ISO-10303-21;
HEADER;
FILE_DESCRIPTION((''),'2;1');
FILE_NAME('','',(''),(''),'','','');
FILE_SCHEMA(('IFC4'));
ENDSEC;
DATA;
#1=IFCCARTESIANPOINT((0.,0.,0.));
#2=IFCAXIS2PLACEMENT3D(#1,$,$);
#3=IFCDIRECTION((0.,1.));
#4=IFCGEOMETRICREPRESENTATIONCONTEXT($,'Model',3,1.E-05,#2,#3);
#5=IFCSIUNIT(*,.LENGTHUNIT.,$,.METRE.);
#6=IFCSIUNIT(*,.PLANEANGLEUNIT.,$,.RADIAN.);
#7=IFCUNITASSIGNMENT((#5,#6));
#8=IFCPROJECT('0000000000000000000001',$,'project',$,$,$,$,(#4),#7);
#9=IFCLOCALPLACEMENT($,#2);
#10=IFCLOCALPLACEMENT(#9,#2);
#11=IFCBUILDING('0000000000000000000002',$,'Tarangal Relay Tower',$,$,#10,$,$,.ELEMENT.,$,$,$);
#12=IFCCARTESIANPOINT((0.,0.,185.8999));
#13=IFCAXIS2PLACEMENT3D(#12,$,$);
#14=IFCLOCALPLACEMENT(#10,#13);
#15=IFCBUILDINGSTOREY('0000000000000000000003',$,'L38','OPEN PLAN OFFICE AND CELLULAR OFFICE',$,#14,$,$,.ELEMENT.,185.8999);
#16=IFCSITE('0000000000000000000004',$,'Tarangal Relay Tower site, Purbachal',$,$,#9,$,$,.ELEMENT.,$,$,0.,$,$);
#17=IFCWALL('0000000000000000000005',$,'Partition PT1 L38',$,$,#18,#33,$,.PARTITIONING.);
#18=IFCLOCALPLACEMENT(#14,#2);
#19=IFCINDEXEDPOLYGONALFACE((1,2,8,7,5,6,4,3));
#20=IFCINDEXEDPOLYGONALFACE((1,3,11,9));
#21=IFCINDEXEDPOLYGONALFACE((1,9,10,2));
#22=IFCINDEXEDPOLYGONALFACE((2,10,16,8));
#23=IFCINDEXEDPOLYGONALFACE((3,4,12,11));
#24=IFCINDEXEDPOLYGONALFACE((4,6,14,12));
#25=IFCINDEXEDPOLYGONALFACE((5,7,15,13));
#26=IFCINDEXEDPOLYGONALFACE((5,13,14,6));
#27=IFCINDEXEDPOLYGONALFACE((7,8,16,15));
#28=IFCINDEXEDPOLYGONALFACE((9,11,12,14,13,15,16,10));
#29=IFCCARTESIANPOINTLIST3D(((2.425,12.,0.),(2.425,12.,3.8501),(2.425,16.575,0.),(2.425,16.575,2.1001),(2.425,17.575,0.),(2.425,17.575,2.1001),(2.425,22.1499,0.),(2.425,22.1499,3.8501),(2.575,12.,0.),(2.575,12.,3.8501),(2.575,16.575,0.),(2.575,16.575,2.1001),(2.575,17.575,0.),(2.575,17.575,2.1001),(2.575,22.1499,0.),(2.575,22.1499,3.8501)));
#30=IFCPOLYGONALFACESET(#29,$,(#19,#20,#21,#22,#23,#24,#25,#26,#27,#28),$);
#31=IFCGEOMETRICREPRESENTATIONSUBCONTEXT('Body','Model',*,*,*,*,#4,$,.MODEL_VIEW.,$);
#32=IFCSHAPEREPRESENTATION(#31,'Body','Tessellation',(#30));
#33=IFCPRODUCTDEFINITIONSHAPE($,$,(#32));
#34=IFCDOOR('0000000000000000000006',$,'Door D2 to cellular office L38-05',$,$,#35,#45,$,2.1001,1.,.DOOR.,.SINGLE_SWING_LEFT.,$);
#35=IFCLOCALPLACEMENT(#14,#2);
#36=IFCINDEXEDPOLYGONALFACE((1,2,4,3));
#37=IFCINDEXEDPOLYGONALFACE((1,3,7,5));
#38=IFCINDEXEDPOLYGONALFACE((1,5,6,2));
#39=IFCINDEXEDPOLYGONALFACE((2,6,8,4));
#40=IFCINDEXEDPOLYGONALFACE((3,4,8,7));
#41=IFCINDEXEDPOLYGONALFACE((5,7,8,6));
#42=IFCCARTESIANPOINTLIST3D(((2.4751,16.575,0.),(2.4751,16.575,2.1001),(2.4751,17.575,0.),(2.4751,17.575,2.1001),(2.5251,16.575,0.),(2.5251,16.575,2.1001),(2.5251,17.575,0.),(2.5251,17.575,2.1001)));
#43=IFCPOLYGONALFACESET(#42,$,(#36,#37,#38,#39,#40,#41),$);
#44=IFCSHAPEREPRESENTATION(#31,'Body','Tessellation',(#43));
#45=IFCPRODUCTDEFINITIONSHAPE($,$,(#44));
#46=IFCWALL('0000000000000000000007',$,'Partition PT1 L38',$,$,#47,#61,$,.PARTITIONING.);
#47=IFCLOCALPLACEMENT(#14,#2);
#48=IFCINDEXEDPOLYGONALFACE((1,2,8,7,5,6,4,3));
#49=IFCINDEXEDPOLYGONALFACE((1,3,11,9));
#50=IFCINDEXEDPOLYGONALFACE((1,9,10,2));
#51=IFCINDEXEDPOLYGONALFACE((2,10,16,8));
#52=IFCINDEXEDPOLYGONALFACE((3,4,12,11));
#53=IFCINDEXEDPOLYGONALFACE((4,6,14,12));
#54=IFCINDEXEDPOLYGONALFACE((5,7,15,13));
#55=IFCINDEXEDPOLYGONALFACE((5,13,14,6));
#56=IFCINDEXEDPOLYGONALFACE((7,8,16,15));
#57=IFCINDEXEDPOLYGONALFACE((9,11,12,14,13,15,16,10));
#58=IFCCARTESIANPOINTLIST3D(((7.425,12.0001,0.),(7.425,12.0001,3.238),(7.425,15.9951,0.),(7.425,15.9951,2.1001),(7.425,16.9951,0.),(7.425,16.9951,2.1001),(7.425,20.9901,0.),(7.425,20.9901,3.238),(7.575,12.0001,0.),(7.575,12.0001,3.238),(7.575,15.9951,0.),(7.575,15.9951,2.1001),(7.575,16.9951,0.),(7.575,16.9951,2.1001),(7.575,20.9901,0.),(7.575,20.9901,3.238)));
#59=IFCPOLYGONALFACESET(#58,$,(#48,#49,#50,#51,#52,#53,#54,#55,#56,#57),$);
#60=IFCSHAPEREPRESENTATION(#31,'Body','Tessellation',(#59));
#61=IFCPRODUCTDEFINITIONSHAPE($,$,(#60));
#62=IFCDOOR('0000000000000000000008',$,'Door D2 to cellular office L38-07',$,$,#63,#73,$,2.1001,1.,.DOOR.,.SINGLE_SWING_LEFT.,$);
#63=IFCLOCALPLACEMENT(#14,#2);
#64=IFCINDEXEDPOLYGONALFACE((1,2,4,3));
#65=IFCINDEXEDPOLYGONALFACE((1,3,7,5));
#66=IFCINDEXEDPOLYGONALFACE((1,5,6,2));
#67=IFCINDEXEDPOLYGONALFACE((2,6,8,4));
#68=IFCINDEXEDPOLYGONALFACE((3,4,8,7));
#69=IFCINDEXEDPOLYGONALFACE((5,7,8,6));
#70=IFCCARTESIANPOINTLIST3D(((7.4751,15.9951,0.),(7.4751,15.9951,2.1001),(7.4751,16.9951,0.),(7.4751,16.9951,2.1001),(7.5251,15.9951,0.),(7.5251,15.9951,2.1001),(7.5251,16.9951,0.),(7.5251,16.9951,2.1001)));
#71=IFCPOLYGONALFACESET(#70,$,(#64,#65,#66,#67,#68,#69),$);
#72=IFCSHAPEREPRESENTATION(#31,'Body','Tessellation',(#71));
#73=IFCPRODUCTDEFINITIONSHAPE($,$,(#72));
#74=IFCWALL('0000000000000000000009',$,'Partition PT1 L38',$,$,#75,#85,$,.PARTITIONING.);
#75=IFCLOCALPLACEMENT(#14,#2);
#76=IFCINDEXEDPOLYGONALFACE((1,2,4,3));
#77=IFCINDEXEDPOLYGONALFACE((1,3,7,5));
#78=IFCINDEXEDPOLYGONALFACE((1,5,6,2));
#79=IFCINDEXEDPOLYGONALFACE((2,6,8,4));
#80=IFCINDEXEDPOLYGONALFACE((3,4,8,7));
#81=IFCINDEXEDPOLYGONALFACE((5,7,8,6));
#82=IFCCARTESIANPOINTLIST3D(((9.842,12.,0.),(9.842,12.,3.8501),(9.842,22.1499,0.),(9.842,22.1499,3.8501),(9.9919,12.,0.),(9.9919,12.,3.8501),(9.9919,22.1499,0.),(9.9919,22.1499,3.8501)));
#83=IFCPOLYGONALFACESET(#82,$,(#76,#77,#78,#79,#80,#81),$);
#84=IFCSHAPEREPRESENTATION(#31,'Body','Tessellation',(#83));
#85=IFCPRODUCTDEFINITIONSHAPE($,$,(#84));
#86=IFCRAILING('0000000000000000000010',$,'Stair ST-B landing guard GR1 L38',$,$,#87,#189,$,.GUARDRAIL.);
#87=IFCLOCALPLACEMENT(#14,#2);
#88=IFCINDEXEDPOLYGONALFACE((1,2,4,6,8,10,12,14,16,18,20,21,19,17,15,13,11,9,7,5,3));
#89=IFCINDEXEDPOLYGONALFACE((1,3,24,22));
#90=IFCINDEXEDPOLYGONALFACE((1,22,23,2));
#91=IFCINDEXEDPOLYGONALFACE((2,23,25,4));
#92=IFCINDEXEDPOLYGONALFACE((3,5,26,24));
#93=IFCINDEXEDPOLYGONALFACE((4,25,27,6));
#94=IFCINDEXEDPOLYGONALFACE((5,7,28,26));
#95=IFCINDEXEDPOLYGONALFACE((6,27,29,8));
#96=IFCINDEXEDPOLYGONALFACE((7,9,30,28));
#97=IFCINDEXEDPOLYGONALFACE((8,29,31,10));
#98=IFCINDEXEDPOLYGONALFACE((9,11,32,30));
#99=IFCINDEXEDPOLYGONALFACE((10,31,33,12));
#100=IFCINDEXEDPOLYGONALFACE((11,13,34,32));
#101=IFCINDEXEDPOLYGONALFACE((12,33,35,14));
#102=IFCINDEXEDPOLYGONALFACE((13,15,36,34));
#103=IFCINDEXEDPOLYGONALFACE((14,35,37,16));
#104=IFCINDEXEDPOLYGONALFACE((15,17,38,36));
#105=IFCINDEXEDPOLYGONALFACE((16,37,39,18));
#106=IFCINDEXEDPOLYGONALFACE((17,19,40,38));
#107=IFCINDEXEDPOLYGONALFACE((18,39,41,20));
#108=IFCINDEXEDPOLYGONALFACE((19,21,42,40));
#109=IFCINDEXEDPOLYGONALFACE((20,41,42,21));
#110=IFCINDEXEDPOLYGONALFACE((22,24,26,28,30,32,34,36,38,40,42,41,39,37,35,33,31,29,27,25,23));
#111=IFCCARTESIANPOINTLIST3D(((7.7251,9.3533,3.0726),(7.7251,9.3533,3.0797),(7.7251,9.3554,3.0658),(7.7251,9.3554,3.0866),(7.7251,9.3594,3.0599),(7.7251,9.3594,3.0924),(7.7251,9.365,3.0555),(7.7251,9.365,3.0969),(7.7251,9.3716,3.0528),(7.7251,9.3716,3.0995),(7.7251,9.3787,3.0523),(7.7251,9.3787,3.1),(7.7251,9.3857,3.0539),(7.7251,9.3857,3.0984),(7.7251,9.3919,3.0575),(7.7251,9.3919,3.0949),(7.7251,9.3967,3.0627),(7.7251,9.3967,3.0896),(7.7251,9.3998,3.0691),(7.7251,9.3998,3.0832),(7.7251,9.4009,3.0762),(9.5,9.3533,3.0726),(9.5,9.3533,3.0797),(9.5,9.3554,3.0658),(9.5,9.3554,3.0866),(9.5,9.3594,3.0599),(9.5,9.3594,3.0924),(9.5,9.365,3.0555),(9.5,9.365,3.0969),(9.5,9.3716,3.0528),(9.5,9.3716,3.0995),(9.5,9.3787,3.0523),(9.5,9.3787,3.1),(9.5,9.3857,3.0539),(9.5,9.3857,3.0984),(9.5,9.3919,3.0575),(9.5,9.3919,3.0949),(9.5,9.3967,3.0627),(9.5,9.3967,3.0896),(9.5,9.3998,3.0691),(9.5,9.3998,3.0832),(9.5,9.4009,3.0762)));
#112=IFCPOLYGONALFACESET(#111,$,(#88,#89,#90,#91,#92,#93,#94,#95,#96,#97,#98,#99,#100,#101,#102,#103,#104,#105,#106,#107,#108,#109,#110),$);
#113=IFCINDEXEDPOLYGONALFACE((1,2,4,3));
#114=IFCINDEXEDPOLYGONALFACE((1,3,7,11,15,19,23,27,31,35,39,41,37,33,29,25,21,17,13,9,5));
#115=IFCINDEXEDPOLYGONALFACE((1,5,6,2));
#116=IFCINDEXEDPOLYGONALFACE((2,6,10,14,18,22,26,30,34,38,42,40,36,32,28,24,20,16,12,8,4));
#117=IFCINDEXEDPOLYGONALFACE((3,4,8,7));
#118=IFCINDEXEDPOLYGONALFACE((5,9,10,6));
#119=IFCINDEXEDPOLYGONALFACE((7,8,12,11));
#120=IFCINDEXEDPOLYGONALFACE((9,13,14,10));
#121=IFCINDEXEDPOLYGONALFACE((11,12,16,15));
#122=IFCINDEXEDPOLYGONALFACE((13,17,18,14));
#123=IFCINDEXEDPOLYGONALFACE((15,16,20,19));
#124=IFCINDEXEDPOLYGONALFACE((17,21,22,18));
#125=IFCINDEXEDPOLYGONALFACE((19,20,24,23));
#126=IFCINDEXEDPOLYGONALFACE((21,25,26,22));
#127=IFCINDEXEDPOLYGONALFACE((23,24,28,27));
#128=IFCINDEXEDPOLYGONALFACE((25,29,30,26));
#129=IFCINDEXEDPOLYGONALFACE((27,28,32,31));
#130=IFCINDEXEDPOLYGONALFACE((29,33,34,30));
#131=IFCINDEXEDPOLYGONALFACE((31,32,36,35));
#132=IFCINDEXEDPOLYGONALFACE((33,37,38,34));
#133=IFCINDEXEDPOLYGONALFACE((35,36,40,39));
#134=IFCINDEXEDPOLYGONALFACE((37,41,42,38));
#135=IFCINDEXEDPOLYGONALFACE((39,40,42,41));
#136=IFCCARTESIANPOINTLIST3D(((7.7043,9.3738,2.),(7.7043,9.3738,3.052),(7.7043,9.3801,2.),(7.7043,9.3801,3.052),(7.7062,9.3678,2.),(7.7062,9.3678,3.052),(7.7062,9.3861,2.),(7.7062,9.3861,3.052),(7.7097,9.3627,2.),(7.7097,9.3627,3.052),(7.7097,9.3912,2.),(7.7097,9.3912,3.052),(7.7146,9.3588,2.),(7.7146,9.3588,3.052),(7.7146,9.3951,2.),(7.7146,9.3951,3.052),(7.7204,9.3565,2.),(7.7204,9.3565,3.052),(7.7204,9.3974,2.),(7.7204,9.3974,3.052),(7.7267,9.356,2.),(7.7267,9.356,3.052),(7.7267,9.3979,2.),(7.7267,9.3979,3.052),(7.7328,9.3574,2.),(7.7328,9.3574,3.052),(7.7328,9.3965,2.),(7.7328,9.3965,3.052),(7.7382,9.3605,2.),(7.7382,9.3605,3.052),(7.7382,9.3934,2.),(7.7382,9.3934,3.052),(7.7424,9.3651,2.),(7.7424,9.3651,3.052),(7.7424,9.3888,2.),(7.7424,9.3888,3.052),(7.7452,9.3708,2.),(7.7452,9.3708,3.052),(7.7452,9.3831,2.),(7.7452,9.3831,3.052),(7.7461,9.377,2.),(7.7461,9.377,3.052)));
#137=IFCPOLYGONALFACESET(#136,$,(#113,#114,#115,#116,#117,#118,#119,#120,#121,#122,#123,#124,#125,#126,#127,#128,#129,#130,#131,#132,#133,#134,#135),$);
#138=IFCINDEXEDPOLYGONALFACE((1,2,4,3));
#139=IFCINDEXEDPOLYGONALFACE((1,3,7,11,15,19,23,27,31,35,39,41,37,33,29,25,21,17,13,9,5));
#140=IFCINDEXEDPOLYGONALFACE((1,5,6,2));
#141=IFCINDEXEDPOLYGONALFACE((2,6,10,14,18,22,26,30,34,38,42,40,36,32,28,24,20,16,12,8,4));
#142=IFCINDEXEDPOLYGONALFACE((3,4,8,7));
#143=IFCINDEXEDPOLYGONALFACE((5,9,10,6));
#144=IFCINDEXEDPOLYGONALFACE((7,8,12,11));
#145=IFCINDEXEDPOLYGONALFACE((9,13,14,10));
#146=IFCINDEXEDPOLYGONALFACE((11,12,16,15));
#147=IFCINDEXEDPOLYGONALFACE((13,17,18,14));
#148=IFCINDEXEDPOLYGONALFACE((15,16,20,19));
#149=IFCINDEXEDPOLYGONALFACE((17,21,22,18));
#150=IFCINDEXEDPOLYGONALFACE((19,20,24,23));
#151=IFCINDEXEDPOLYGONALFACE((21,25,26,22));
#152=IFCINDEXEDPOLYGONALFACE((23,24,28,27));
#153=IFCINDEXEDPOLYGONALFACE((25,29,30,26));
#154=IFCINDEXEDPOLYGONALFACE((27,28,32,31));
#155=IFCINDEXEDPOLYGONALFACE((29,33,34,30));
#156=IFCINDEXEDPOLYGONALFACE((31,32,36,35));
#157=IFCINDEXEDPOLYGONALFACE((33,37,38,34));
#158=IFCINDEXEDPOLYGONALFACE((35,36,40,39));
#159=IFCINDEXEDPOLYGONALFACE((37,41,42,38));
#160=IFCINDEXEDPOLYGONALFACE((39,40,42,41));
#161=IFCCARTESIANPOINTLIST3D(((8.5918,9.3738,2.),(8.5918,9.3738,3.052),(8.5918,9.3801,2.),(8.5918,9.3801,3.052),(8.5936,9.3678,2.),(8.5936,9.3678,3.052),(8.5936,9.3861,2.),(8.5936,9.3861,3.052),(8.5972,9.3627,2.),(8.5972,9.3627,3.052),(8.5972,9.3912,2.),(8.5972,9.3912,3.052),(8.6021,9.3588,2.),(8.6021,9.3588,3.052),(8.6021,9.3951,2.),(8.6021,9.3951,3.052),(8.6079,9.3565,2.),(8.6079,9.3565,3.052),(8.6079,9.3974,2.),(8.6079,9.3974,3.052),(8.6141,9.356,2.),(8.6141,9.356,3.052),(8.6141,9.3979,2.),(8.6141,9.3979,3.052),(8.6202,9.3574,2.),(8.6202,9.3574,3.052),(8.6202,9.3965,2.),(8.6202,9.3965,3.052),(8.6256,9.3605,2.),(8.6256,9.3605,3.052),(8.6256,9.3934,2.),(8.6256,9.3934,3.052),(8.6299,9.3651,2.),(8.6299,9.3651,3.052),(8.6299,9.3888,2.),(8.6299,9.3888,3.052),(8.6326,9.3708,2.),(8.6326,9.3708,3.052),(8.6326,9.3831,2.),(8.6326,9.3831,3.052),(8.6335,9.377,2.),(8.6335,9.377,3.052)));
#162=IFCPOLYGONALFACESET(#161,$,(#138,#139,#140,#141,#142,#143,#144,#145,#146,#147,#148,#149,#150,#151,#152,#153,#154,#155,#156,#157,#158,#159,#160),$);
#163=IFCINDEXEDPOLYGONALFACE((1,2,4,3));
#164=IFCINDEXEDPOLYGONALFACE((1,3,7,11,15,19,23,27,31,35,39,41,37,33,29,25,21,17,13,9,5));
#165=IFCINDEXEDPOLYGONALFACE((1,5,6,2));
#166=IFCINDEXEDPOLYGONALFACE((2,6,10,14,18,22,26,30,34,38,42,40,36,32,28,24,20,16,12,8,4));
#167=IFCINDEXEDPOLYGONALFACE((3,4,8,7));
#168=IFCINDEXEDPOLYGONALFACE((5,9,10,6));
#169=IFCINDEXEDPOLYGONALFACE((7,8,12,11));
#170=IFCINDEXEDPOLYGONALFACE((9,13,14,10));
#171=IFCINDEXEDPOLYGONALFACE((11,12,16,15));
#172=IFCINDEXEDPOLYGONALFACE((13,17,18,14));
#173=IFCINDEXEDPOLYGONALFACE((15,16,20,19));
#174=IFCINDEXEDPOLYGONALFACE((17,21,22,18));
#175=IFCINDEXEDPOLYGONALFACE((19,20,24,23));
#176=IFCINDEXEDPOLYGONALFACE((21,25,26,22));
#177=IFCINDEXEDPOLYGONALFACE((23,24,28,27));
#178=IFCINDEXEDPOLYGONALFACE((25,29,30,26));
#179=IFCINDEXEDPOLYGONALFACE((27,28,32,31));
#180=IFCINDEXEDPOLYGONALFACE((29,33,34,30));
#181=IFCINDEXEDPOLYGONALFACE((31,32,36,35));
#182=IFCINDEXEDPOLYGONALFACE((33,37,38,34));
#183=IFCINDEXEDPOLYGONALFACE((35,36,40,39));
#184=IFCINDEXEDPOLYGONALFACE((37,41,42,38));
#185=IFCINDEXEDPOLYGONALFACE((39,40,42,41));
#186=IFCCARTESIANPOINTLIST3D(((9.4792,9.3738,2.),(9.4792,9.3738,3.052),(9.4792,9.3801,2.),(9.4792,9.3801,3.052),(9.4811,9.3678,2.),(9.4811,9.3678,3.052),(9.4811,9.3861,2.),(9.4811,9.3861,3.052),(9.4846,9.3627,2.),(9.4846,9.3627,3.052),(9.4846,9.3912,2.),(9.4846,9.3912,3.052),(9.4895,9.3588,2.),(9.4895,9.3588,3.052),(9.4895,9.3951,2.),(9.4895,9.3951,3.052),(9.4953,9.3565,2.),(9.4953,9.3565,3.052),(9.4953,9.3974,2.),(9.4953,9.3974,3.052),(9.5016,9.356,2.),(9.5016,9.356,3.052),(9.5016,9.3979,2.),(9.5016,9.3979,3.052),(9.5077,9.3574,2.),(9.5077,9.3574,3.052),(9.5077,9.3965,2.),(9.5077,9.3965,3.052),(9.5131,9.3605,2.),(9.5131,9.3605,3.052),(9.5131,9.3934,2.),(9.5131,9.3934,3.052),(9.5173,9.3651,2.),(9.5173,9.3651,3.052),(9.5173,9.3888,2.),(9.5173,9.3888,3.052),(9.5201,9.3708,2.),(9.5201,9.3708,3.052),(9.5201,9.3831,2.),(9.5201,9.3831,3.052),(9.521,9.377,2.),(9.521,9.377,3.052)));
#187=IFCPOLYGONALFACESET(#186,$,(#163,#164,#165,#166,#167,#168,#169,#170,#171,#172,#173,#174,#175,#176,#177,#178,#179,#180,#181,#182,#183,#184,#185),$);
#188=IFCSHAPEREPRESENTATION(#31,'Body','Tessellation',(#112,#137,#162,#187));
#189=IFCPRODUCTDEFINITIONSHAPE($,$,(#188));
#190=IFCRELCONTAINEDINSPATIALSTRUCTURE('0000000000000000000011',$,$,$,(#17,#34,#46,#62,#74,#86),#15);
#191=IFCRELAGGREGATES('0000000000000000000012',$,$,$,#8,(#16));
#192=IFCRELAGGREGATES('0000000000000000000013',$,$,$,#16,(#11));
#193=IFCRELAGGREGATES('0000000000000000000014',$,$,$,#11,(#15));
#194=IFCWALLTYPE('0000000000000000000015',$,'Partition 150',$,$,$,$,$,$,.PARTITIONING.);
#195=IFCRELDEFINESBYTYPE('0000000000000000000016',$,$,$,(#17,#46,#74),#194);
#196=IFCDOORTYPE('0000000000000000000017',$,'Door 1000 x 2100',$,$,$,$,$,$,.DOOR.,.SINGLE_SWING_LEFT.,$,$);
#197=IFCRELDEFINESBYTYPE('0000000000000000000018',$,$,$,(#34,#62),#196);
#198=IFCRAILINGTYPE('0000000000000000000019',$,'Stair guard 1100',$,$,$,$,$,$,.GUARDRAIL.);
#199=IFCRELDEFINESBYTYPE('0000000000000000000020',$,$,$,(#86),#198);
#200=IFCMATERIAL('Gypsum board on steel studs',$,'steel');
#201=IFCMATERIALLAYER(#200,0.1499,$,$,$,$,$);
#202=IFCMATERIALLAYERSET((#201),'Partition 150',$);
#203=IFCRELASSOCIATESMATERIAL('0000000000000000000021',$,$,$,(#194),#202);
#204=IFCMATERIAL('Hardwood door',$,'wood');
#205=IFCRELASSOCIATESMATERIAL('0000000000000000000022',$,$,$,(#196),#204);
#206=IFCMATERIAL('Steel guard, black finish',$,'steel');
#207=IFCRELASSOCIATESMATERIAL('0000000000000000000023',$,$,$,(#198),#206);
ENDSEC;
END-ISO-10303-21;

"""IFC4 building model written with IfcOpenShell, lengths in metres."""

from ifc_helpers import new_model, si_unit, direction, frame, frame_2d, origin, origin_2d, place, context, subcontext, project, spatial, rectangle, circle, extrude, material, layer, layer_set, type_object, element, fill, save


model = new_model("IFC4")

# Units and contexts
model_context = context("Model", 3, precision=1e-05, world=origin(), true_north=direction((0.0, 1.0)))
body_context = subcontext(model_context, "Body", "Model", "MODEL_VIEW")
ifc_project = project(units=[si_unit("LENGTHUNIT", "METRE"), si_unit("PLANEANGLEUNIT", "RADIAN")], contexts=[model_context])

# Site, building, storey
site_placement = place(None, origin())
site = spatial("IfcSite", under=ifc_project, at=site_placement, Name="Tarangal Relay Tower site, Purbachal", CompositionType="ELEMENT", RefElevation=0.0)
building_placement = place(site_placement, origin())
building = spatial("IfcBuilding", under=site, at=building_placement, Name="Tarangal Relay Tower", CompositionType="ELEMENT")
storey_placement = place(building_placement, frame((0.0, 0.0, 185.8999)))
storey = spatial("IfcBuildingStorey", under=building, at=storey_placement, Name="L38", Description="OPEN PLAN OFFICE AND CELLULAR OFFICE", CompositionType="ELEMENT", Elevation=185.8999)

# Walls, openings, doors
ifc_material_1 = material(Name="Gypsum board on steel studs", Category="steel")
ifc_layer_1 = layer(ifc_material_1, 0.1499)
ifc_layer_set_1 = layer_set([ifc_layer_1], Name="Partition 150")
wall_type_1 = type_object("IfcWallType", Name="Partition 150", PredefinedType="PARTITIONING", material=ifc_layer_set_1)
wall_1_placement = place(storey_placement, frame((2.5, 12.0, 0.0), z_axis=(0.0, 0.0, 1.0), x_axis=(0.0, 1.0, 0.0)))
wall_1 = element("IfcWall", 1, at=wall_1_placement, inside=storey, type_object=wall_type_1, Name="Partition PT1 L38", PredefinedType="PARTITIONING", context=body_context, shape_type="SweptSolid", body=[
    extrude(rectangle(XDim=10.1499, YDim=0.1499, at=frame_2d((5.075, 0.0))), origin(), (0.0, 0.0, 1.0), 3.8501),
])
opening_1_placement = place(wall_1_placement, frame((4.575, 0.0, 0.0)))
opening_1 = element("IfcOpeningElement", 2, at=opening_1_placement, cuts=wall_1, PredefinedType="OPENING", context=body_context, shape_type="SweptSolid", body=[
    extrude(rectangle(XDim=1.0, YDim=2.1001, at=frame_2d((0.5, 1.05))), frame((0.0, 0.085, 0.0), z_axis=(0.0, -1.0, 0.0), x_axis=(1.0, 0.0, 0.0)), (0.0, 0.0, 1.0), 0.1699),
])
ifc_material_2 = material(Name="Hardwood door", Category="wood")
door_type_1 = type_object("IfcDoorType", Name="Door 1000 x 2100", OperationType="SINGLE_SWING_LEFT", PredefinedType="DOOR", material=ifc_material_2)
door_1_placement = place(opening_1_placement, origin())
door_1 = element("IfcDoor", 3, at=door_1_placement, inside=storey, type_object=door_type_1, Name="Door D2 to cellular office L38-05", OperationType="SINGLE_SWING_LEFT", OverallHeight=2.1001, OverallWidth=1.0, PredefinedType="DOOR", context=body_context, shape_type="SweptSolid", body=[
    extrude(rectangle(XDim=1.0, YDim=2.1001, at=frame_2d((0.5, 1.05))), frame((0.0, 0.0249, 0.0), z_axis=(0.0, -1.0, 0.0), x_axis=(1.0, 0.0, 0.0)), (0.0, 0.0, 1.0), 0.05),
])
fill(opening_1, door_1)
wall_2_placement = place(storey_placement, frame((7.5, 12.0, 0.0), z_axis=(0.0, 0.0, 1.0), x_axis=(0.0, 1.0, 0.0)))
wall_2 = element("IfcWall", 4, at=wall_2_placement, inside=storey, type_object=wall_type_1, Name="Partition PT1 L38", PredefinedType="PARTITIONING", context=body_context, shape_type="SweptSolid", body=[
    extrude(rectangle(XDim=8.99, YDim=0.1499, at=frame_2d((4.4951, 0.0))), origin(), (0.0, 0.0, 1.0), 3.238),
])
opening_2_placement = place(wall_2_placement, frame((3.9951, 0.0, 0.0)))
opening_2 = element("IfcOpeningElement", 5, at=opening_2_placement, cuts=wall_2, PredefinedType="OPENING", context=body_context, shape_type="SweptSolid", body=[
    extrude(rectangle(XDim=1.0, YDim=2.1001, at=frame_2d((0.5, 1.05))), frame((0.0, 0.085, 0.0), z_axis=(0.0, -1.0, 0.0), x_axis=(1.0, 0.0, 0.0)), (0.0, 0.0, 1.0), 0.1699),
])
door_2_placement = place(opening_2_placement, origin())
door_2 = element("IfcDoor", 6, at=door_2_placement, inside=storey, type_object=door_type_1, Name="Door D2 to cellular office L38-07", OperationType="SINGLE_SWING_LEFT", OverallHeight=2.1001, OverallWidth=1.0, PredefinedType="DOOR", context=body_context, shape_type="SweptSolid", body=[
    extrude(rectangle(XDim=1.0, YDim=2.1001, at=frame_2d((0.5, 1.05))), frame((0.0, 0.0249, 0.0), z_axis=(0.0, -1.0, 0.0), x_axis=(1.0, 0.0, 0.0)), (0.0, 0.0, 1.0), 0.05),
])
fill(opening_2, door_2)

# Wall
wall_3_placement = place(storey_placement, frame((9.917, 12.0, 0.0), z_axis=(0.0, 0.0, 1.0), x_axis=(0.0, 1.0, 0.0)))
element("IfcWall", 7, at=wall_3_placement, inside=storey, type_object=wall_type_1, Name="Partition PT1 L38", PredefinedType="PARTITIONING", context=body_context, shape_type="SweptSolid", body=[
    extrude(rectangle(XDim=10.1499, YDim=0.1499, at=frame_2d((5.075, 0.0))), origin(), (0.0, 0.0, 1.0), 3.8501),
])

# Railing
ifc_material_3 = material(Name="Steel guard, black finish", Category="steel")
railing_type_1 = type_object("IfcRailingType", Name="Stair guard 1100", PredefinedType="GUARDRAIL", material=ifc_material_3)
railing_1_placement = place(storey_placement, frame((7.7251, 9.377, 2.0)))
element("IfcRailing", 8, at=railing_1_placement, inside=storey, type_object=railing_type_1, Name="Stair ST-B landing guard GR1 L38", PredefinedType="GUARDRAIL", context=body_context, shape_type="SweptSolid", body=[
    extrude(circle(Radius=0.0239, at=origin_2d()), frame((0.0, 0.0, 1.0762), z_axis=(1.0, 0.0, 0.0), x_axis=(0.0, 1.0, 0.0)), (0.0, 0.0, 1.0), 1.7749),
    extrude(circle(Radius=0.021, at=origin_2d()), origin(), (0.0, 0.0, 1.0), 1.052),
    extrude(circle(Radius=0.021, at=origin_2d()), frame((0.8875, 0.0, 0.0)), (0.0, 0.0, 1.0), 1.052),
    extrude(circle(Radius=0.021, at=origin_2d()), frame((1.7749, 0.0, 0.0)), (0.0, 0.0, 1.0), 1.052),
])

save(model, "model.ifc")
